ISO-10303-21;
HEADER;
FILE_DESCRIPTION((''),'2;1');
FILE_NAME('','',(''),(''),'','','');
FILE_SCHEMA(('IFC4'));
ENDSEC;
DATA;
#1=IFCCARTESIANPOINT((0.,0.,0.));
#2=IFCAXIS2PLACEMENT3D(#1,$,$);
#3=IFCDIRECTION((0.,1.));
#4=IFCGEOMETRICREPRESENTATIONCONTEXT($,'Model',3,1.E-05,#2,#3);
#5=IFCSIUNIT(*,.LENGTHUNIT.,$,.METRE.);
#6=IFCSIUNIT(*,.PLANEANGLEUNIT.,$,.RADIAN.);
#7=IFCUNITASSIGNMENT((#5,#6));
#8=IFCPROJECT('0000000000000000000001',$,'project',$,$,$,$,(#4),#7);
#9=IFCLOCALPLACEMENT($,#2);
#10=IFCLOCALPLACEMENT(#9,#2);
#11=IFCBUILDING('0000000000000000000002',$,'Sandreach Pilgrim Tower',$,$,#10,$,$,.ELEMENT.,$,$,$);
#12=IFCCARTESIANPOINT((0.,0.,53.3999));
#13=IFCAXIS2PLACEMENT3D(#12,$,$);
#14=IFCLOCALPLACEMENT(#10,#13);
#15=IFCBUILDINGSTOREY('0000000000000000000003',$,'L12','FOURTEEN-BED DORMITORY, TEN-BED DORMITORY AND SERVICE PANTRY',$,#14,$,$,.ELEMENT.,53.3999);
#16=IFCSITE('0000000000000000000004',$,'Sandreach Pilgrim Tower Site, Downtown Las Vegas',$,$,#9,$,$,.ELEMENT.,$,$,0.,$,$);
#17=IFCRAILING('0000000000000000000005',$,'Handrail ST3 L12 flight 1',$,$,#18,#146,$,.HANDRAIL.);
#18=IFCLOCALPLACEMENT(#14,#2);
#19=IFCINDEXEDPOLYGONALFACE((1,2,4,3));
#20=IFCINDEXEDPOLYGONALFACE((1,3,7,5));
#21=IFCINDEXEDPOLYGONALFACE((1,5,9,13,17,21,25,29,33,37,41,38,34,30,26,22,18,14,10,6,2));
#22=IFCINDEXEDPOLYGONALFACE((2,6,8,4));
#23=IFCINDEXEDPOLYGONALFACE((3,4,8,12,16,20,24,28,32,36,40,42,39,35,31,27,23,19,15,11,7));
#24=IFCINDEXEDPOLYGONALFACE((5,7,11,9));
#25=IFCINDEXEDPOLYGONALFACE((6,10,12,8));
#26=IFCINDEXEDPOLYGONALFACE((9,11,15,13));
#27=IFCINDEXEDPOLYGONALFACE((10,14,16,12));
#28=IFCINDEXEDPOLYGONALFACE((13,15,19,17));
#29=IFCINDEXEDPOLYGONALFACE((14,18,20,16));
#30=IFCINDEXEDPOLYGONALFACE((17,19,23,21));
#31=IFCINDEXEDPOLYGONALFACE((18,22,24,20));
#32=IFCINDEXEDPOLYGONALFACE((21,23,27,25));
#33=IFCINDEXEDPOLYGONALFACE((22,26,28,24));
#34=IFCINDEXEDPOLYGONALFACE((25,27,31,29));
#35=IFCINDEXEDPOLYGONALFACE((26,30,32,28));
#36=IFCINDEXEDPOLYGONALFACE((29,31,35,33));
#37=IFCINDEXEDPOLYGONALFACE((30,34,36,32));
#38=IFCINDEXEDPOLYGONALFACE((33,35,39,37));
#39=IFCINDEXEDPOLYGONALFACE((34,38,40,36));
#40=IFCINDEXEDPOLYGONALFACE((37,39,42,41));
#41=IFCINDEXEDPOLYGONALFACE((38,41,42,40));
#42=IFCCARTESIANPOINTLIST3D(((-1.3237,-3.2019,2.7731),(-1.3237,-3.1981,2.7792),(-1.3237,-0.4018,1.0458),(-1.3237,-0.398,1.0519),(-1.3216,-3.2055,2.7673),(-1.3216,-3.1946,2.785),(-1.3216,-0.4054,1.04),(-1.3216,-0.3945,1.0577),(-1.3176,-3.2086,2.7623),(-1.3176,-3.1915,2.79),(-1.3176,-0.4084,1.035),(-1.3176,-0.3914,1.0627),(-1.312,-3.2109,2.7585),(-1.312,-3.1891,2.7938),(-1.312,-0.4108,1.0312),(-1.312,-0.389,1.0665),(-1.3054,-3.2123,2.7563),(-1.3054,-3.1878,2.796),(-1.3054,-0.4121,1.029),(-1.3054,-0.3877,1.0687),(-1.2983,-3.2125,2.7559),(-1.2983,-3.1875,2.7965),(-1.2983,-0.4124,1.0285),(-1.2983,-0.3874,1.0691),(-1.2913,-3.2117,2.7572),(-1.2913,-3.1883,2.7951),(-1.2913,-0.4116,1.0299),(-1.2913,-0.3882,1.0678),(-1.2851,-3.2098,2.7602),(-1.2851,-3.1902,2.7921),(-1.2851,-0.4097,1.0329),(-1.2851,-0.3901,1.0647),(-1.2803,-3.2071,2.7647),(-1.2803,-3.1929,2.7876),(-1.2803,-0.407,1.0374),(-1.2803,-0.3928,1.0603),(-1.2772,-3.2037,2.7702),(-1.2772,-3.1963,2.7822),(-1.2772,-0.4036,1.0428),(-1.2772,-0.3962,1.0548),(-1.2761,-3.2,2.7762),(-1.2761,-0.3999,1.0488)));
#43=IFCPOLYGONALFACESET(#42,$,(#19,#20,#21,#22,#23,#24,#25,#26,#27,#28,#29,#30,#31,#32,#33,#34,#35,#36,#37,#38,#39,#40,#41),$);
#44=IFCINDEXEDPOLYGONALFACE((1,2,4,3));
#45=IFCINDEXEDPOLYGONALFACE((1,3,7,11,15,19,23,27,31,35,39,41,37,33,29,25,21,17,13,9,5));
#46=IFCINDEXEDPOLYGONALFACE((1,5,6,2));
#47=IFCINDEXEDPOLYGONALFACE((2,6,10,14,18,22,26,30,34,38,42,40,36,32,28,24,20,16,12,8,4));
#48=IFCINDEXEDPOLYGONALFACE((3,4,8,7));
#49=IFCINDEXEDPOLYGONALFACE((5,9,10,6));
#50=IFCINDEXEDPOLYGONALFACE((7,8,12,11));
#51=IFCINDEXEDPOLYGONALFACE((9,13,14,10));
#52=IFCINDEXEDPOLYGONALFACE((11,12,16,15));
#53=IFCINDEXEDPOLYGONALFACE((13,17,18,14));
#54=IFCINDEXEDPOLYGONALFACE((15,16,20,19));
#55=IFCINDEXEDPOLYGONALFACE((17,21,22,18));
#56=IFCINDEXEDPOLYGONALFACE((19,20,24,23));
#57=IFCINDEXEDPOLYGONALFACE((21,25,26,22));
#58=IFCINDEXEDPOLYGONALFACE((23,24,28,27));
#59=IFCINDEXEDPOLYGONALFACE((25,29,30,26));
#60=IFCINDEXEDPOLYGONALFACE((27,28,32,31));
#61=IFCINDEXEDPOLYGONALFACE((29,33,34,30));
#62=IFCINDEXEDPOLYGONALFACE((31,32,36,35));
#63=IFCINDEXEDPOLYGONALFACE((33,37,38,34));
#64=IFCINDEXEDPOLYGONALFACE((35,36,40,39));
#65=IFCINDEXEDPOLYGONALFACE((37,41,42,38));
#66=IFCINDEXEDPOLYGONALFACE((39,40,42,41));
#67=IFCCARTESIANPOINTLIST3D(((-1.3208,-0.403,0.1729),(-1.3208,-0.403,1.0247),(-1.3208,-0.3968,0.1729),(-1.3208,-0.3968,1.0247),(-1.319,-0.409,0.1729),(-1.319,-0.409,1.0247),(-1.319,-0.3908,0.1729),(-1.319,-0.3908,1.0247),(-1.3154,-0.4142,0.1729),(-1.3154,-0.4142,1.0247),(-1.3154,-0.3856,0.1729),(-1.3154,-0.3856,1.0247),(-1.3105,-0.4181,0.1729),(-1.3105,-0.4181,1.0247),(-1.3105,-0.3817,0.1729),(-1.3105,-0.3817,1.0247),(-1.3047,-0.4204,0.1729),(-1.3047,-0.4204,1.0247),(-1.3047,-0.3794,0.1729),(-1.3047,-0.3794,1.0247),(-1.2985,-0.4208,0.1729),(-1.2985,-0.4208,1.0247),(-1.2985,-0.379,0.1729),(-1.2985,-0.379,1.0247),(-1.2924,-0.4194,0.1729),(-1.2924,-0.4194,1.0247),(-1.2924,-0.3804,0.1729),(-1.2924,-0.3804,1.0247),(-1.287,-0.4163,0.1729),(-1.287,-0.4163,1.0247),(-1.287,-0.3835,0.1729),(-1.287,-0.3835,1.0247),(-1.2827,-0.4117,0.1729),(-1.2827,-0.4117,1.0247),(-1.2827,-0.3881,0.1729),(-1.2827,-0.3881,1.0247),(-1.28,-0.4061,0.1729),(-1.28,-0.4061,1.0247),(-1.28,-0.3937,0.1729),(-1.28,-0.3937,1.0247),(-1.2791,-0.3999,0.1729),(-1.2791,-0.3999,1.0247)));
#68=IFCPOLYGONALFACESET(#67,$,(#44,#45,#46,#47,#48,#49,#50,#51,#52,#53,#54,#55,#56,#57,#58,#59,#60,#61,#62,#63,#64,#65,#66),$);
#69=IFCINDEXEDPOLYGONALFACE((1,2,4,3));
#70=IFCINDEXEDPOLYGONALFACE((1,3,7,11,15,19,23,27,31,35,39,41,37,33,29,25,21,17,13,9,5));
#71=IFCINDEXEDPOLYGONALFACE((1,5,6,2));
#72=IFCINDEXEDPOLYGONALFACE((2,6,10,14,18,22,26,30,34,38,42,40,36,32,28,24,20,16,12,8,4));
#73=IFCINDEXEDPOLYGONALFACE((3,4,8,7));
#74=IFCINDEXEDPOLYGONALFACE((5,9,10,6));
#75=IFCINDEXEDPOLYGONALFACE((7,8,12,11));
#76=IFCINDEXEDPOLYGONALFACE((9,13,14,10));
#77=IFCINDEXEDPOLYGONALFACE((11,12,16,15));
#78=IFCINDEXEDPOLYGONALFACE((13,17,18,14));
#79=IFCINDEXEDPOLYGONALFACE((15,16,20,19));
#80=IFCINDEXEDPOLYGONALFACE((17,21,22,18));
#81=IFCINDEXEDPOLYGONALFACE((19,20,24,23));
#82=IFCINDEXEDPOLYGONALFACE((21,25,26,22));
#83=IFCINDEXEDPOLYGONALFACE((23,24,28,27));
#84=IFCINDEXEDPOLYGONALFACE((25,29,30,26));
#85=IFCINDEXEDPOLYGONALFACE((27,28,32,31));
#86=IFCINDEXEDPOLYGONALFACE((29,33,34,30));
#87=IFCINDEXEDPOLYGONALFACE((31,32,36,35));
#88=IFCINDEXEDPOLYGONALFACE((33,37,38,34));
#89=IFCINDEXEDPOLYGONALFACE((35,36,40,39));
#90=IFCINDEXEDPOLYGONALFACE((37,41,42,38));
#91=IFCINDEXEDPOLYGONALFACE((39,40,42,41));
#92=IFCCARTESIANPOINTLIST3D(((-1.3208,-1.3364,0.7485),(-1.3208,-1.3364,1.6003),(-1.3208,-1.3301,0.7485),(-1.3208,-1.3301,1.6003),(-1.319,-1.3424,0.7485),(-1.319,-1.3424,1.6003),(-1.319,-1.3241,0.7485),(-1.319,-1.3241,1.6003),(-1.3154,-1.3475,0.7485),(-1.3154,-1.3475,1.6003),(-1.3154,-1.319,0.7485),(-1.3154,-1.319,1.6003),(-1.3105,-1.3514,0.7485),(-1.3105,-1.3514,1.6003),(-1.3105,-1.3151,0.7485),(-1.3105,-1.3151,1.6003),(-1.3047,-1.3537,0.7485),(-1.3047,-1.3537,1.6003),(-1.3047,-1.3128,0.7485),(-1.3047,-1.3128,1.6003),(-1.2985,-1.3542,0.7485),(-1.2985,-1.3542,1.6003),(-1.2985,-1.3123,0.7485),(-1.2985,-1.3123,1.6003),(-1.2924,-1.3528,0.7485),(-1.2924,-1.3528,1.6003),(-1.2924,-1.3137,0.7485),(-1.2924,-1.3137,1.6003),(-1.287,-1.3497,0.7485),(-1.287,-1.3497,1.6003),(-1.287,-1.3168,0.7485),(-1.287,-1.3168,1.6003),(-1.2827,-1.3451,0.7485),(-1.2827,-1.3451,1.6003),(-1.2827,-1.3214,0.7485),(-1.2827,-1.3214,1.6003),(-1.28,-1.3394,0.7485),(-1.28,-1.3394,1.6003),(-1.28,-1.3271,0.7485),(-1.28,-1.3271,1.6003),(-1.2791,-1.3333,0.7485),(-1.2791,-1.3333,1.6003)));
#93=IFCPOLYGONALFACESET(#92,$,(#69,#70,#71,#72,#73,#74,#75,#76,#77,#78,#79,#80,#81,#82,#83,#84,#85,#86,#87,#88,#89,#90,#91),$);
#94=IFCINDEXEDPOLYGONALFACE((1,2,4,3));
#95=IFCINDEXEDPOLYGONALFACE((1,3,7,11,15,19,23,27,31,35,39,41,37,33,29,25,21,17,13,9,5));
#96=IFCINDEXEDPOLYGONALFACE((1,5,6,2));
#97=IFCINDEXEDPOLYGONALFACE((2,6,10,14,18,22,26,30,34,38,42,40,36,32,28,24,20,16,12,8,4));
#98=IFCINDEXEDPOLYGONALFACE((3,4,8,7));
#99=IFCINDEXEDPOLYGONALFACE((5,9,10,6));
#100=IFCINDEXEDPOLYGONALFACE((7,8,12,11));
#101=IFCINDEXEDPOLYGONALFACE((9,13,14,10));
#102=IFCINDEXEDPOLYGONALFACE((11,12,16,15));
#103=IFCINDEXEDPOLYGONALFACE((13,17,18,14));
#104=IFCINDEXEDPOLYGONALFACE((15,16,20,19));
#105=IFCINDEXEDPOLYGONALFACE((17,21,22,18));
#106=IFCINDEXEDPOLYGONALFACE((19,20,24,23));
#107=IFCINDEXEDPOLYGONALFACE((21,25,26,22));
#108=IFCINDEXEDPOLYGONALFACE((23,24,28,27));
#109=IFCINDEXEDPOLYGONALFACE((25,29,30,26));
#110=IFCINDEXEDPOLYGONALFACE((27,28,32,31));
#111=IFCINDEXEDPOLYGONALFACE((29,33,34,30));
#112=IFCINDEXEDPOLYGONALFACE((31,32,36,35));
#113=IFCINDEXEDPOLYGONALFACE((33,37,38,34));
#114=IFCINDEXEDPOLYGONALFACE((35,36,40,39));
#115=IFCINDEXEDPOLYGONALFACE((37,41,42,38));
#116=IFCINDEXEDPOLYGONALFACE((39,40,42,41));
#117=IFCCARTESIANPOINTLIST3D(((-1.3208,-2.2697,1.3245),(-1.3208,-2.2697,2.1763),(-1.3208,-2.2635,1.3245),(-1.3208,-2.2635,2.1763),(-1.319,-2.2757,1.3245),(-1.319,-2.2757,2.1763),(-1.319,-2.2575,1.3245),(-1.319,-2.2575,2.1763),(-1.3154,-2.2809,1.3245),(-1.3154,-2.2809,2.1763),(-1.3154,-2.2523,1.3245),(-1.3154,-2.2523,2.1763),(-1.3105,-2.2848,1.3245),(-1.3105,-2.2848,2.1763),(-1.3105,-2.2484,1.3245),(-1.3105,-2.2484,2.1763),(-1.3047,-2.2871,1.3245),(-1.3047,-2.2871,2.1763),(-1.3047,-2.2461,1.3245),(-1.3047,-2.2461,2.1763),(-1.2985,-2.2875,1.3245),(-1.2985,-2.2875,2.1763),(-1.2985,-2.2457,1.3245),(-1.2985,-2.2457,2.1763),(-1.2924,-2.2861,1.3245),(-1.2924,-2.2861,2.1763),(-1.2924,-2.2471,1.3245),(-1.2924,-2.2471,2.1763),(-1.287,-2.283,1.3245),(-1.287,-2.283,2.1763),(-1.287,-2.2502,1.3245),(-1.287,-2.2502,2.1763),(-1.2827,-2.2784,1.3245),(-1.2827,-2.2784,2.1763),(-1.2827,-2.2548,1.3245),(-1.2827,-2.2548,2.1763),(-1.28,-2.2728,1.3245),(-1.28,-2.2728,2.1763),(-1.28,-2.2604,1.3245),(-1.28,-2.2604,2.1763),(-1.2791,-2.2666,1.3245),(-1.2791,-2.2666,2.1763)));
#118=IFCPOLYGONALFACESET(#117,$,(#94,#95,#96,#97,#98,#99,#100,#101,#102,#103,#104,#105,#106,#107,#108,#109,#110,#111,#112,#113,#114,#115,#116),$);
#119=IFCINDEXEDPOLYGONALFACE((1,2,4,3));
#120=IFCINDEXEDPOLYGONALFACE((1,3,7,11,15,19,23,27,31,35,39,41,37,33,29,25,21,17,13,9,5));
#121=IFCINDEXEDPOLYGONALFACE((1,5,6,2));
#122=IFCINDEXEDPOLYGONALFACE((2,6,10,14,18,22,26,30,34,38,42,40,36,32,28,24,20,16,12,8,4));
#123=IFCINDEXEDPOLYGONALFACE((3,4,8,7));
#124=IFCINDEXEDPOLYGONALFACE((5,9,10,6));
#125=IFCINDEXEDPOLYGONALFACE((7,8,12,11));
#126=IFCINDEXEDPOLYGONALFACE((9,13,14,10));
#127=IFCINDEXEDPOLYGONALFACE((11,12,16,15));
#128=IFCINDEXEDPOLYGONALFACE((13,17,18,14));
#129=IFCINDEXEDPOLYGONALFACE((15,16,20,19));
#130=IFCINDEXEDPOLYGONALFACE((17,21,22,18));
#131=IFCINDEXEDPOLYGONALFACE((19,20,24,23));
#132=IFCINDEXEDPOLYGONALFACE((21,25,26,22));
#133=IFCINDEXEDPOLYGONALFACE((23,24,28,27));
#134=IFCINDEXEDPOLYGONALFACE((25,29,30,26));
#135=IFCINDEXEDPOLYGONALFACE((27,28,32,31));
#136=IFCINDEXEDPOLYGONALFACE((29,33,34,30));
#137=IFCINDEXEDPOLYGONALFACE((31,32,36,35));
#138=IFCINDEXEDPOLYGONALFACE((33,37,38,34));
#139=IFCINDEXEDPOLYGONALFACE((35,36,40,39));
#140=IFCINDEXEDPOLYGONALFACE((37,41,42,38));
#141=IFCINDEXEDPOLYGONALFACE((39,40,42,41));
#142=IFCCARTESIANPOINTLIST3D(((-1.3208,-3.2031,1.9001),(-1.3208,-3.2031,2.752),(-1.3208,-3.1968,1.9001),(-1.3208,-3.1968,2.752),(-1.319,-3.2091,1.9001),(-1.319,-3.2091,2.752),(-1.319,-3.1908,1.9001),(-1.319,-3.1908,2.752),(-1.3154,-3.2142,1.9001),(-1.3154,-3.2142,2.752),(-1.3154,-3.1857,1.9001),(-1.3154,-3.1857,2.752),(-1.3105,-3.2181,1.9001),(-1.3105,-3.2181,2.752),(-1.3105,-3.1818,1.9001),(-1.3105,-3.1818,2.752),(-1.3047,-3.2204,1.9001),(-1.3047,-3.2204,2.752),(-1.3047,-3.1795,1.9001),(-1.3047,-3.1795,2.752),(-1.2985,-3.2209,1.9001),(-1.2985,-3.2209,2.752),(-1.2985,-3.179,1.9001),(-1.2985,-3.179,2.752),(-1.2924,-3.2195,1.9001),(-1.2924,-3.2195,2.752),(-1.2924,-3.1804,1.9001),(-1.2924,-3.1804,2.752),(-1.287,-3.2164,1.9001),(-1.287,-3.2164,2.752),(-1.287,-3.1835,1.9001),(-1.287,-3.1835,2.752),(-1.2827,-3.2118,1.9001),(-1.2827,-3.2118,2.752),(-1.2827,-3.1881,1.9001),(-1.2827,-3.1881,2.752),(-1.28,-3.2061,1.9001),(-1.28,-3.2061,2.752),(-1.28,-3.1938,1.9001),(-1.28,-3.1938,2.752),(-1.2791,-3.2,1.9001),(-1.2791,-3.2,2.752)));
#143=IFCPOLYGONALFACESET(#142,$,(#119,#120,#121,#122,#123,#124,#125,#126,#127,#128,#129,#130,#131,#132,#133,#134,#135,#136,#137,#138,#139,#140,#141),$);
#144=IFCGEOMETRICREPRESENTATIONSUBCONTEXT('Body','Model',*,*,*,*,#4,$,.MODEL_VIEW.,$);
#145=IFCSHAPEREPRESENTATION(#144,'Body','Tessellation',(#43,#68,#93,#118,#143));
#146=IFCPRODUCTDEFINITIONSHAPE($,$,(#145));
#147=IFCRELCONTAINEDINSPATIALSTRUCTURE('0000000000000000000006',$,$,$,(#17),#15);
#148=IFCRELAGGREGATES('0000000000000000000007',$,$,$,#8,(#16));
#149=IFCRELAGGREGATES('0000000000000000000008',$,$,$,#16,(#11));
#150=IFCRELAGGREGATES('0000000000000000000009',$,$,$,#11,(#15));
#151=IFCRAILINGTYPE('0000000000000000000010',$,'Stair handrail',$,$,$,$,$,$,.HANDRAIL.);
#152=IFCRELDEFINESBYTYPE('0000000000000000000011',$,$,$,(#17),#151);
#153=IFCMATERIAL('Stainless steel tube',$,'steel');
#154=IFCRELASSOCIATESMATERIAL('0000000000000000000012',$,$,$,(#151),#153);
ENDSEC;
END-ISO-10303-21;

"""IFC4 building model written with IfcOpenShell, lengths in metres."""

from ifc_helpers import new_model, si_unit, direction, frame, origin, origin_2d, place, context, subcontext, project, spatial, circle, extrude, material, type_object, element, save


model = new_model("IFC4")

# Units and contexts
model_context = context("Model", 3, precision=1e-05, world=origin(), true_north=direction((0.0, 1.0)))
body_context = subcontext(model_context, "Body", "Model", "MODEL_VIEW")
ifc_project = project(units=[si_unit("LENGTHUNIT", "METRE"), si_unit("PLANEANGLEUNIT", "RADIAN")], contexts=[model_context])

# Site, building, storey
site_placement = place(None, origin())
site = spatial("IfcSite", under=ifc_project, at=site_placement, Name="Sandreach Pilgrim Tower Site, Downtown Las Vegas", CompositionType="ELEMENT", RefElevation=0.0)
building_placement = place(site_placement, origin())
building = spatial("IfcBuilding", under=site, at=building_placement, Name="Sandreach Pilgrim Tower", CompositionType="ELEMENT")
storey_placement = place(building_placement, frame((0.0, 0.0, 53.3999)))
storey = spatial("IfcBuildingStorey", under=building, at=storey_placement, Name="L12", Description="FOURTEEN-BED DORMITORY, TEN-BED DORMITORY AND SERVICE PANTRY", CompositionType="ELEMENT", Elevation=53.3999)

# Railing
ifc_material_1 = material(Name="Stainless steel tube", Category="steel")
railing_type = type_object("IfcRailingType", Name="Stair handrail", PredefinedType="HANDRAIL", material=ifc_material_1)
for number, where, name in (
    (1, (-1.3, -0.3999, 0.1729), "Handrail ST3 L12 flight 1"),
):
    element("IfcRailing", number, at=place(storey_placement, frame(where)), inside=storey, type_object=railing_type, Name=name, PredefinedType="HANDRAIL", context=body_context, shape_type="SweptSolid", body=[
        extrude(circle(Radius=0.0239, at=origin_2d()), frame((0.0, 0.0, 0.876), z_axis=(0.0, -0.85109, 0.52502), x_axis=(1.0, 0.0, 0.0)), (0.0, 0.0, 1.0), 3.29),
        extrude(circle(Radius=0.021, at=origin_2d()), origin(), (0.0, 0.0, 1.0), 0.8518),
        extrude(circle(Radius=0.021, at=origin_2d()), frame((0.0, -0.9333, 0.5757)), (0.0, 0.0, 1.0), 0.8518),
        extrude(circle(Radius=0.021, at=origin_2d()), frame((0.0, -1.8667, 1.1516)), (0.0, 0.0, 1.0), 0.8518),
        extrude(circle(Radius=0.021, at=origin_2d()), frame((0.0, -2.8, 1.7273)), (0.0, 0.0, 1.0), 0.8518),
    ])

save(model, "model.ifc")
